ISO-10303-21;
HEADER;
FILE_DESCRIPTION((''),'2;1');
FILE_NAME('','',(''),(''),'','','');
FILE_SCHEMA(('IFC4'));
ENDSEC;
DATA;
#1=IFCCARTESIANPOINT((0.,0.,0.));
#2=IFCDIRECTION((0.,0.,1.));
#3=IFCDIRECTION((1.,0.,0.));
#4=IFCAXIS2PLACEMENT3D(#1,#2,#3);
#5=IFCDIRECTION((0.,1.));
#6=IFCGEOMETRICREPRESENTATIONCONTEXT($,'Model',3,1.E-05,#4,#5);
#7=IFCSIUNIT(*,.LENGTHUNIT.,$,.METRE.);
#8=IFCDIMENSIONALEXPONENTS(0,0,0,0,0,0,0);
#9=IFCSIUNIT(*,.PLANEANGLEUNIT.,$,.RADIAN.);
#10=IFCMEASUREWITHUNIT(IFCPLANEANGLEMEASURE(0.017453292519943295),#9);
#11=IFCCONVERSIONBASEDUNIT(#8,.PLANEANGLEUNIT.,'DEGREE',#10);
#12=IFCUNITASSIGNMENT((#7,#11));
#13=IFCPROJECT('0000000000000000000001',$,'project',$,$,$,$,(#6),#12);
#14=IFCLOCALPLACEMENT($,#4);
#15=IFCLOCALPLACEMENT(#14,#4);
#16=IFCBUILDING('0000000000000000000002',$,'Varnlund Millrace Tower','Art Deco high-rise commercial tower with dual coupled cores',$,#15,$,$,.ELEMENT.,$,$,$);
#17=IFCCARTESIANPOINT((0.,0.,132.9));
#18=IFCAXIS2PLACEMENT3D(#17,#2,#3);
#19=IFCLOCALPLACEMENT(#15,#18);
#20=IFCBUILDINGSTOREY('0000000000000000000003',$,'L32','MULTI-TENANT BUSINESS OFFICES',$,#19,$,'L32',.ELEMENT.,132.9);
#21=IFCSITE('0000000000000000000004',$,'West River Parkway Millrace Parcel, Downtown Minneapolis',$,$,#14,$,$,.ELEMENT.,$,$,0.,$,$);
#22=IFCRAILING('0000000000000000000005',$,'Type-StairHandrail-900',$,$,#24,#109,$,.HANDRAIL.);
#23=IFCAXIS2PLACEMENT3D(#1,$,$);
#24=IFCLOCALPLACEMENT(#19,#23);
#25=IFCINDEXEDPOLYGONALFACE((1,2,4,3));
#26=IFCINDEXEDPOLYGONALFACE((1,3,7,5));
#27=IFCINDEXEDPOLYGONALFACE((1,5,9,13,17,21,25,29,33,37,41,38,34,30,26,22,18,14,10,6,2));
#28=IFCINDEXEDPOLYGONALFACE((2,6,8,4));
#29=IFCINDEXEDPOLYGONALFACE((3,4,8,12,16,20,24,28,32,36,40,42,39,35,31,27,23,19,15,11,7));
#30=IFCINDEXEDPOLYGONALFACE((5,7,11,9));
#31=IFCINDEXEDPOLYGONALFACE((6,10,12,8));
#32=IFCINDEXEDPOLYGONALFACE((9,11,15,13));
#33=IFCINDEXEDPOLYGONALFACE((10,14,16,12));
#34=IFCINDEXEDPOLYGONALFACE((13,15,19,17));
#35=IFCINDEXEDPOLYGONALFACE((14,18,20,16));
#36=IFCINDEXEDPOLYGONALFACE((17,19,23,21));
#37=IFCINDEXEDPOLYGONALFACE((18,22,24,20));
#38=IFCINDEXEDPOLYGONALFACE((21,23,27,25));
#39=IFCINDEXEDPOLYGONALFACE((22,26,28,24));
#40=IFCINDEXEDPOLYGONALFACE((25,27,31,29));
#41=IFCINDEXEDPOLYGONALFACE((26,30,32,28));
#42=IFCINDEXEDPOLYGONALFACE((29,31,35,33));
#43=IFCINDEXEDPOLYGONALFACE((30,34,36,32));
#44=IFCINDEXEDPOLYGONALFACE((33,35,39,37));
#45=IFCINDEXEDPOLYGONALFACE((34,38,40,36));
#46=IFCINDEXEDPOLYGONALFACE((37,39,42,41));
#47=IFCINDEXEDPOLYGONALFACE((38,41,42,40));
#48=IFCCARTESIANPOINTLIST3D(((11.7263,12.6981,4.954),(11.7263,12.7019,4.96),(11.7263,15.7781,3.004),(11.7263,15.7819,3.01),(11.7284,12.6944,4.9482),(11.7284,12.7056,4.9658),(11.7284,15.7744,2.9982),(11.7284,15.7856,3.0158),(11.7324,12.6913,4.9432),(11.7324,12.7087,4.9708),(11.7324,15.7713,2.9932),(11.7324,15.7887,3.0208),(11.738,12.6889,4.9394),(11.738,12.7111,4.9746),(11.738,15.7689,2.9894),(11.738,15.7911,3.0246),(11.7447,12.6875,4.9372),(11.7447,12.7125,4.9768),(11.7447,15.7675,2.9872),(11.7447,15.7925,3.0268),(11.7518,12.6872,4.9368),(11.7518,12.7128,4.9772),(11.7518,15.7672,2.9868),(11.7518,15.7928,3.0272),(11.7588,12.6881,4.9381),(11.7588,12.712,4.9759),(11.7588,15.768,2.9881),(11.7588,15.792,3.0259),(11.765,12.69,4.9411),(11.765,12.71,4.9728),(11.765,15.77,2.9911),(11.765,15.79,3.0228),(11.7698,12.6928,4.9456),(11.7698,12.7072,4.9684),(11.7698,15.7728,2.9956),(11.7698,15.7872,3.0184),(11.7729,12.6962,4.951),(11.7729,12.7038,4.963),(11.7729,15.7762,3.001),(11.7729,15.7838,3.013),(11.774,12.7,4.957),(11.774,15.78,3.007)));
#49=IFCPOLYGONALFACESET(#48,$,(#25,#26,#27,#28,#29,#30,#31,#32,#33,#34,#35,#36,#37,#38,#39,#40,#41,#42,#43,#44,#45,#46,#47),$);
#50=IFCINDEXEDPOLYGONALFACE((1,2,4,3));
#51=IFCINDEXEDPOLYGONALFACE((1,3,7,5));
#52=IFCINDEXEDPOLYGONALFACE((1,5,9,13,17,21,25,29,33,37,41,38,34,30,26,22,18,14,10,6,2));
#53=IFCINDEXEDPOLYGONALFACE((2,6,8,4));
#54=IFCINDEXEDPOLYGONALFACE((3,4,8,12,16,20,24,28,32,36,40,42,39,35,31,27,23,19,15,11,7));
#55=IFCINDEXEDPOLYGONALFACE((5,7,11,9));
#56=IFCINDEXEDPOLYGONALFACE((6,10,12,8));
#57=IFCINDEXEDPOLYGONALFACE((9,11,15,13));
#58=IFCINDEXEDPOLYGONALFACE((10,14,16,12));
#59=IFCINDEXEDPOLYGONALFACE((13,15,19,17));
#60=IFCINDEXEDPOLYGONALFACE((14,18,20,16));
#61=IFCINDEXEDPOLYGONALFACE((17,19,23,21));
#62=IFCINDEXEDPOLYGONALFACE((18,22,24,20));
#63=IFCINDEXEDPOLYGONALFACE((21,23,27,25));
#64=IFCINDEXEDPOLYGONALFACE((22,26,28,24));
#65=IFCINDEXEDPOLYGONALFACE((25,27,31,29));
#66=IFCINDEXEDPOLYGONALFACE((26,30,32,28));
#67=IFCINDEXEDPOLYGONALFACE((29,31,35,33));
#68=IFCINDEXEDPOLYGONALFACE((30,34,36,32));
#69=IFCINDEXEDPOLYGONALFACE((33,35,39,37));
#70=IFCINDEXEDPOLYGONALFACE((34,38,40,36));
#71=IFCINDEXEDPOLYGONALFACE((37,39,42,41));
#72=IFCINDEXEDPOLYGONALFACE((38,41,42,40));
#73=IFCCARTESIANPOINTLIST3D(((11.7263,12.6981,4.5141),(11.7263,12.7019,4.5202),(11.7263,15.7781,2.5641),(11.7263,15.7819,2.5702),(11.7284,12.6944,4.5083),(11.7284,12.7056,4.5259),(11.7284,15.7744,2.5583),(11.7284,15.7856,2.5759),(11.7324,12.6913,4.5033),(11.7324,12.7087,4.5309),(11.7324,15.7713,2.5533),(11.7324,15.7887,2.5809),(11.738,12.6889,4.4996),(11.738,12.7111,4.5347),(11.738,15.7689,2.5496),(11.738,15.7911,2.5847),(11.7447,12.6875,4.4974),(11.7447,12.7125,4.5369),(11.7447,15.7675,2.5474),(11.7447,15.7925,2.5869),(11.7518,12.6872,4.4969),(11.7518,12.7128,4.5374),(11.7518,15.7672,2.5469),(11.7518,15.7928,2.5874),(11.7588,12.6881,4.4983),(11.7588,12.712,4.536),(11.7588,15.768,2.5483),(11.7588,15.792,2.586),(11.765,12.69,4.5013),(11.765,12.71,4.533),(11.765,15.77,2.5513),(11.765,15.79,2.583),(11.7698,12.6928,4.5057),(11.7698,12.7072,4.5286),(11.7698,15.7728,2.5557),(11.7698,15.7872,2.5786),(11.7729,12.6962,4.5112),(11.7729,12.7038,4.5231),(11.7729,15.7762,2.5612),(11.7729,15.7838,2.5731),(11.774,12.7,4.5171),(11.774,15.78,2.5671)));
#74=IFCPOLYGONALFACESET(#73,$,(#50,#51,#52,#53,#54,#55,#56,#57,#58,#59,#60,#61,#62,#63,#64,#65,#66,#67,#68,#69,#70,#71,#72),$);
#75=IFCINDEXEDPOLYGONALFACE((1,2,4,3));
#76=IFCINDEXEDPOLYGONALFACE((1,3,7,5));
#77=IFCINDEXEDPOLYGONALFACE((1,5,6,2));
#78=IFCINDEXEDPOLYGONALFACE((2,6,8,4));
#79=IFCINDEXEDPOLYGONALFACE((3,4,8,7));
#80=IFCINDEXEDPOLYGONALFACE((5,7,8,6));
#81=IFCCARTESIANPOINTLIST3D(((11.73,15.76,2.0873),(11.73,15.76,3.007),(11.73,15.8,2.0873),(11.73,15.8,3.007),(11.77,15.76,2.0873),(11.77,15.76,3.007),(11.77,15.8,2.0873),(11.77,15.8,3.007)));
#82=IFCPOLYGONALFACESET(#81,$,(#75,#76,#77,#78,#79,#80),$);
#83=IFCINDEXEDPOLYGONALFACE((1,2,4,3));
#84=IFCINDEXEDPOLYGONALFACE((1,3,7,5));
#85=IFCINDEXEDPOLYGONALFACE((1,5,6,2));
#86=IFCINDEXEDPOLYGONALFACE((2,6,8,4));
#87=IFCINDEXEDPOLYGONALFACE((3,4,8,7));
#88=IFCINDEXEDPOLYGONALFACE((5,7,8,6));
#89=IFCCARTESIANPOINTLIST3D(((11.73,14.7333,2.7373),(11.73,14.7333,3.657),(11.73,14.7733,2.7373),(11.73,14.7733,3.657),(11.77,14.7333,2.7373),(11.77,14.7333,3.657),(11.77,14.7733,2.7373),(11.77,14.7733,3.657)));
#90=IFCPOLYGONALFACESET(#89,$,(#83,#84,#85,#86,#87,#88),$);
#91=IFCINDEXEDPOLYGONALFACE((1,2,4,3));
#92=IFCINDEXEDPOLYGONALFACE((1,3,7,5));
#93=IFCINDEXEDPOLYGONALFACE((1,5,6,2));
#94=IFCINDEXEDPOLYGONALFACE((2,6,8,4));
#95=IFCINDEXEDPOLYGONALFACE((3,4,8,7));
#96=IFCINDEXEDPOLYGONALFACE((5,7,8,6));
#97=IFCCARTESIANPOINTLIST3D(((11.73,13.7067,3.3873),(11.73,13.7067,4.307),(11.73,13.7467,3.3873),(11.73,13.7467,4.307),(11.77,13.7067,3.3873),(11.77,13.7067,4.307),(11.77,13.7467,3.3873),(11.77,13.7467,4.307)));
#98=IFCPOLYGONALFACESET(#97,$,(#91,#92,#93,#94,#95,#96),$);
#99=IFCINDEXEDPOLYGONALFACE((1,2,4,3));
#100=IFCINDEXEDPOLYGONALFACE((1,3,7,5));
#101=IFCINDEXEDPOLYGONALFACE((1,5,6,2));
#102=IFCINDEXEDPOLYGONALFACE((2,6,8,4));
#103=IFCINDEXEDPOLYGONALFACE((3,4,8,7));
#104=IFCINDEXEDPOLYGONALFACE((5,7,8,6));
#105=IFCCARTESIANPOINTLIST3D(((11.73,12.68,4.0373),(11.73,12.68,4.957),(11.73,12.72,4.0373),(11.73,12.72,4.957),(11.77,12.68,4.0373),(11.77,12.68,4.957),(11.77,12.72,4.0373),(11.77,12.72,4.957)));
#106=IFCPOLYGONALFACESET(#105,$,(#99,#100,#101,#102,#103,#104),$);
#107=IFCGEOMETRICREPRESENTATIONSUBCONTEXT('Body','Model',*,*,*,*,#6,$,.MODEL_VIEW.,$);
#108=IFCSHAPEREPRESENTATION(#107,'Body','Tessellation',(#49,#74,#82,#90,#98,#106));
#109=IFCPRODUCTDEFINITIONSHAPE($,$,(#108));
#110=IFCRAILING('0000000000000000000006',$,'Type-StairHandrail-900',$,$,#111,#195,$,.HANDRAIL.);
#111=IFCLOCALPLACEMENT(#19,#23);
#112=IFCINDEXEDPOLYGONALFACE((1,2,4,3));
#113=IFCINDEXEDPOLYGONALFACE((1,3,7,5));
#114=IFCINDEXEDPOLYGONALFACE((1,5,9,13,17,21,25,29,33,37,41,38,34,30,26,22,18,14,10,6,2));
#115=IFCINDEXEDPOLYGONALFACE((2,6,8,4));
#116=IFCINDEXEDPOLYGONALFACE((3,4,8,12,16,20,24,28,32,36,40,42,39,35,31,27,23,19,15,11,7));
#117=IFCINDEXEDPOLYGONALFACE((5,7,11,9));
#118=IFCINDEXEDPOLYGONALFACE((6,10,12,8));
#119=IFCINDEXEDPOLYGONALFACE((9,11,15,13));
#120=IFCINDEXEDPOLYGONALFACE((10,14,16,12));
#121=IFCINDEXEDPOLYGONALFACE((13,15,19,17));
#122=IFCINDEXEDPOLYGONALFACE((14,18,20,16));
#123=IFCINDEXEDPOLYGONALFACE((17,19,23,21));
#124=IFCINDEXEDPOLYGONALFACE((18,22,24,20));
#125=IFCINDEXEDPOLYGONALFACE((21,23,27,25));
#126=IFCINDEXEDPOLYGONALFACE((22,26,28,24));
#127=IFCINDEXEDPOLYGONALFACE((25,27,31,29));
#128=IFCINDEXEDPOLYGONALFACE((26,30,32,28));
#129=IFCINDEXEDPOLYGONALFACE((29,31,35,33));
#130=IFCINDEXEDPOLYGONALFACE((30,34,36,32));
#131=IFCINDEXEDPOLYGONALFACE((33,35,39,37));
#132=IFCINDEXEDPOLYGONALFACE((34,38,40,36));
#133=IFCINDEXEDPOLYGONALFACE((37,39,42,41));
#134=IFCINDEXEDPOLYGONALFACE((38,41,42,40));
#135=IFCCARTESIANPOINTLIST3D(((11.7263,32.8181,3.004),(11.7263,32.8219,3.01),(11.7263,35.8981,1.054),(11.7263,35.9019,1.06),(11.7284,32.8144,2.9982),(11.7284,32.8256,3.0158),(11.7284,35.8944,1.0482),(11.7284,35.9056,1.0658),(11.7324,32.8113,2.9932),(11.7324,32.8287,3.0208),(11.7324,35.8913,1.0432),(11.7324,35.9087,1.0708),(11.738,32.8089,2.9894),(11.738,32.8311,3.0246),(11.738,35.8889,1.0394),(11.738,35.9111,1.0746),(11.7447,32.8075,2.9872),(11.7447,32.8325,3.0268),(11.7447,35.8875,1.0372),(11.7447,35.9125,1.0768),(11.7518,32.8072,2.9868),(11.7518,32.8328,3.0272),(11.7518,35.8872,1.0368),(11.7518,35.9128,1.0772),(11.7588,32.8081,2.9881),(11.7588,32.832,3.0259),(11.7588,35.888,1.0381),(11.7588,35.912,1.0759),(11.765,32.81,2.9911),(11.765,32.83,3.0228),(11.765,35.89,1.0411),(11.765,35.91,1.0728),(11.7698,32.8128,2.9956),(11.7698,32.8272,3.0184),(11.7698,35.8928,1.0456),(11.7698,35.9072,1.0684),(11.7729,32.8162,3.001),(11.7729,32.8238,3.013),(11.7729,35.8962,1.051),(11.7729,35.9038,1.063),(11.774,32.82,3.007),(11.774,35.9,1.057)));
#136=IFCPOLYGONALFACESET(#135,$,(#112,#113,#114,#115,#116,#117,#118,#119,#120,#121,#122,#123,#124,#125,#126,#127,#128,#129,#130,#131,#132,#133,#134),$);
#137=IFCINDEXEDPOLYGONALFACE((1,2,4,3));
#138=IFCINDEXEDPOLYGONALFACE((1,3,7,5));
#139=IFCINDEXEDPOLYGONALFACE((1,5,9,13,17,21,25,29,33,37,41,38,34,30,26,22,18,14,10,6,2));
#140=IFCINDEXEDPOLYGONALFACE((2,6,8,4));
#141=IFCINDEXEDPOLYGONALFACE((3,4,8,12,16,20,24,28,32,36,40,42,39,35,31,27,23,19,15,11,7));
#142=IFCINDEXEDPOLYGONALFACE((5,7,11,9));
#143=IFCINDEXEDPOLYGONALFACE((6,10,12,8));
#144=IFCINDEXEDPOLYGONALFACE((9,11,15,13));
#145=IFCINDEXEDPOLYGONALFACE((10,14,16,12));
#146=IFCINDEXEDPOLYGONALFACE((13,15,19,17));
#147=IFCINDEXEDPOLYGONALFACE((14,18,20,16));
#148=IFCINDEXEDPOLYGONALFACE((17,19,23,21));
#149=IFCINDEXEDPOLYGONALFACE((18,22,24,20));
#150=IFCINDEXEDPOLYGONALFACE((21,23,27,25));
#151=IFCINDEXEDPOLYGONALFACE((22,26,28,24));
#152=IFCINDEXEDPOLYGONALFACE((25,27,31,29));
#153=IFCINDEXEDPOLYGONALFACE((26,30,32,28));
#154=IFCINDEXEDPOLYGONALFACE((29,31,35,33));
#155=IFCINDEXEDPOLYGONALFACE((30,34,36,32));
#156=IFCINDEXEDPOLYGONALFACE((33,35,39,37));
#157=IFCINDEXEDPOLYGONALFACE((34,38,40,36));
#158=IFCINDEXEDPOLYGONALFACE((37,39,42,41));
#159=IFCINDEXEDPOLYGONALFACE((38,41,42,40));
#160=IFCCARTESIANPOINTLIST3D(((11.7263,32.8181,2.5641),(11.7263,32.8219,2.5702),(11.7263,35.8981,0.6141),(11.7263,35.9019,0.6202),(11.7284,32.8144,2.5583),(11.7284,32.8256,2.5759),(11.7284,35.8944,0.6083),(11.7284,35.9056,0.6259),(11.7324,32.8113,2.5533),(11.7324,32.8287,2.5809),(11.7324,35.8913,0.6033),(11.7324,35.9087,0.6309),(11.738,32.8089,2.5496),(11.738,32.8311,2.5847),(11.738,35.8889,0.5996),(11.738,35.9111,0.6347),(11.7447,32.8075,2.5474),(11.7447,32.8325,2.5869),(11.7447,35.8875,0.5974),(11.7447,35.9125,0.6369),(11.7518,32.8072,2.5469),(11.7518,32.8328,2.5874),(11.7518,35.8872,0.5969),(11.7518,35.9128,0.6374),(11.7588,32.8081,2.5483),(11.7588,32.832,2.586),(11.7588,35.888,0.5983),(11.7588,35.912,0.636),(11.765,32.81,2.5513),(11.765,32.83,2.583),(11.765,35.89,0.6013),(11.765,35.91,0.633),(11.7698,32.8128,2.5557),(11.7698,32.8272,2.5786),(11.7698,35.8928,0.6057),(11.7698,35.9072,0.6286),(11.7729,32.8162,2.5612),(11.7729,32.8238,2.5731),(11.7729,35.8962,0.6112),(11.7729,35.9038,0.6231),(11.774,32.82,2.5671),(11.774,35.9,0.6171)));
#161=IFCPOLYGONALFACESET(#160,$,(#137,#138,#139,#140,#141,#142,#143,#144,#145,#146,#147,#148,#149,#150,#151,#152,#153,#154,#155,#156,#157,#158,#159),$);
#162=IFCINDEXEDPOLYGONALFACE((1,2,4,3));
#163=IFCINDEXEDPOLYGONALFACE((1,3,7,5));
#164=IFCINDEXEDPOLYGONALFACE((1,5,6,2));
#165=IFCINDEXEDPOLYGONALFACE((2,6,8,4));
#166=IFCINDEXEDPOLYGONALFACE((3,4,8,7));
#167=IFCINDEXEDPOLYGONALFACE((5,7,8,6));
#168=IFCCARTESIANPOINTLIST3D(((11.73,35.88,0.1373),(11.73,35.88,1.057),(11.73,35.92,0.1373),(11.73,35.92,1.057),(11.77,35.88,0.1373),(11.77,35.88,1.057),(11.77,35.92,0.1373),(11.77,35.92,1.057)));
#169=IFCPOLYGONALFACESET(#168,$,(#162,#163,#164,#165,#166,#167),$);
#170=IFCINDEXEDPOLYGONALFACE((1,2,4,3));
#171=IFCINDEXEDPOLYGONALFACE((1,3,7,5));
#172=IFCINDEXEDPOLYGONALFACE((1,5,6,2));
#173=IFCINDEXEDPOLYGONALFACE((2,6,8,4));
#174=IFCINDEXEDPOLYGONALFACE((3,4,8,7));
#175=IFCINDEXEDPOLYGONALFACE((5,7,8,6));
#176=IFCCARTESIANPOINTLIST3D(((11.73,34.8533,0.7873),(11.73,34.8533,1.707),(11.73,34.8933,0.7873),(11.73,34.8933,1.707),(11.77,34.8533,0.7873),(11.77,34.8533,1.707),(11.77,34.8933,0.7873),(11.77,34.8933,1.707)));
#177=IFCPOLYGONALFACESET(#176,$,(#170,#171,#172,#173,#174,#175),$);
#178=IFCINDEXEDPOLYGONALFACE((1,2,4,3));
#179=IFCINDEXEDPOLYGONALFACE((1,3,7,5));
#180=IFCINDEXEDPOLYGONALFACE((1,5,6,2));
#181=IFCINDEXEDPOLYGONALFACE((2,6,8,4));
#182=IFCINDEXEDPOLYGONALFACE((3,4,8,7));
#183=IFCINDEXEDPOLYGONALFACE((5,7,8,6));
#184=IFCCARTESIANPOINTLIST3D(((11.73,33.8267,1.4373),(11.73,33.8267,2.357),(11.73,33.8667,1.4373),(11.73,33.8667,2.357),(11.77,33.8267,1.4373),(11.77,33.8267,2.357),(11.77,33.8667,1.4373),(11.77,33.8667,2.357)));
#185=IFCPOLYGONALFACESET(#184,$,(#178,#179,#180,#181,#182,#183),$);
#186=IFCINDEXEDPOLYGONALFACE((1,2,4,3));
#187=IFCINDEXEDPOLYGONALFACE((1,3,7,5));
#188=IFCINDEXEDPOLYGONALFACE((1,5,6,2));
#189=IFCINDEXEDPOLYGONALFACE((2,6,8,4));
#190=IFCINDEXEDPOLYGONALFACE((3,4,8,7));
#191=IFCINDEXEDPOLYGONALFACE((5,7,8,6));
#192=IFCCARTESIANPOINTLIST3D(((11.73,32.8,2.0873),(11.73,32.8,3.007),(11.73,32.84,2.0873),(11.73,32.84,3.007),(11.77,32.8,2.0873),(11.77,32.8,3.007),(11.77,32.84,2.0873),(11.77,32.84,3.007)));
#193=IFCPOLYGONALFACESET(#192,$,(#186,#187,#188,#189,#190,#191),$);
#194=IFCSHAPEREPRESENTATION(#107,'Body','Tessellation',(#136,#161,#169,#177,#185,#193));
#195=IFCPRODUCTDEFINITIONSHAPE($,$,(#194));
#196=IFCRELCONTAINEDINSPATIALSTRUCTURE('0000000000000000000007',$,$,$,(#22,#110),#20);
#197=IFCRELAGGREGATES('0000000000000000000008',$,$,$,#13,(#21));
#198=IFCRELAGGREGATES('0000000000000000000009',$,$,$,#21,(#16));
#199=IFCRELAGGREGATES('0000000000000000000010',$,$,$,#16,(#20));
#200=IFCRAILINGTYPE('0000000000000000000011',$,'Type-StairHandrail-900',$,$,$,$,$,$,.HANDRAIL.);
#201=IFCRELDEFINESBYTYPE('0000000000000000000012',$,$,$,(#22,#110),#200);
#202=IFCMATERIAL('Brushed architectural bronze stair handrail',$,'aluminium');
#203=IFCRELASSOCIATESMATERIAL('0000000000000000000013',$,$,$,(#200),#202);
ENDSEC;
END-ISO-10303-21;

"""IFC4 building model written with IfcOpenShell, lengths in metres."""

from ifc_helpers import new_model, entity, si_unit, converted_unit, direction, frame, origin_with_axes, origin_2d_with_axis, place, context, subcontext, project, spatial, rectangle, circle, extrude, material, type_object, element, save


model = new_model("IFC4")

# Units and contexts
model_context = context("Model", 3, precision=1e-05, world=origin_with_axes(), true_north=direction((0.0, 1.0)))
body_context = subcontext(model_context, "Body", "Model", "MODEL_VIEW")
ifc_project = project(units=[si_unit("LENGTHUNIT", "METRE"), converted_unit("PLANEANGLEUNIT", "DEGREE", entity("IfcPlaneAngleMeasure", 0.017453292519943295), si_unit("PLANEANGLEUNIT", "RADIAN"), dimensions=[0, 0, 0, 0, 0, 0, 0])], contexts=[model_context])

# Site, building, storey
site_placement = place(None, origin_with_axes())
site = spatial("IfcSite", under=ifc_project, at=site_placement, Name="West River Parkway Millrace Parcel, Downtown Minneapolis", CompositionType="ELEMENT", RefElevation=0.0)
building_placement = place(site_placement, origin_with_axes())
building = spatial("IfcBuilding", under=site, at=building_placement, Name="Varnlund Millrace Tower", Description="Art Deco high-rise commercial tower with dual coupled cores", CompositionType="ELEMENT")
storey_placement = place(building_placement, frame((0.0, 0.0, 132.9), z_axis=(0.0, 0.0, 1.0), x_axis=(1.0, 0.0, 0.0)))
storey = spatial("IfcBuildingStorey", under=building, at=storey_placement, Name="L32", Description="MULTI-TENANT BUSINESS OFFICES", LongName="L32", CompositionType="ELEMENT", Elevation=132.9)

# Railings
ifc_material_1 = material(Name="Brushed architectural bronze stair handrail", Category="aluminium")
railing_type_1 = type_object("IfcRailingType", Name="Type-StairHandrail-900", PredefinedType="HANDRAIL", material=ifc_material_1)
railing_1_placement = place(storey_placement, frame((0.0, 0.0, -132.9), z_axis=(0.0, 0.0, 1.0), x_axis=(1.0, 0.0, 0.0)))
element("IfcRailing", 1, at=railing_1_placement, inside=storey, type_object=railing_type_1, Name="Type-StairHandrail-900", PredefinedType="HANDRAIL", context=body_context, shape_type="SweptSolid", body=[
    extrude(circle(Radius=0.024, at=origin_2d_with_axis()), frame((11.75, 15.78, 135.907), z_axis=(0.0, -0.844902, 0.534922), x_axis=(1.0, 0.0, 0.0)), (0.0, 0.0, 1.0), 3.6454),
    extrude(circle(Radius=0.024, at=origin_2d_with_axis()), frame((11.75, 15.78, 135.4671), z_axis=(0.0, -0.844902, 0.534922), x_axis=(1.0, 0.0, 0.0)), (0.0, 0.0, 1.0), 3.6454),
    extrude(rectangle(XDim=0.04, YDim=0.04, at=origin_2d_with_axis()), frame((11.75, 15.78, 134.9873), z_axis=(0.0, 0.0, 1.0), x_axis=(1.0, 0.0, 0.0)), (0.0, 0.0, 1.0), 0.9197),
    extrude(rectangle(XDim=0.04, YDim=0.04, at=origin_2d_with_axis()), frame((11.75, 14.7533, 135.6373), z_axis=(0.0, 0.0, 1.0), x_axis=(1.0, 0.0, 0.0)), (0.0, 0.0, 1.0), 0.9197),
    extrude(rectangle(XDim=0.04, YDim=0.04, at=origin_2d_with_axis()), frame((11.75, 13.7267, 136.2873), z_axis=(0.0, 0.0, 1.0), x_axis=(1.0, 0.0, 0.0)), (0.0, 0.0, 1.0), 0.9197),
    extrude(rectangle(XDim=0.04, YDim=0.04, at=origin_2d_with_axis()), frame((11.75, 12.7, 136.9373), z_axis=(0.0, 0.0, 1.0), x_axis=(1.0, 0.0, 0.0)), (0.0, 0.0, 1.0), 0.9197),
])
railing_2_placement = place(storey_placement, frame((0.0, 0.0, -132.9), z_axis=(0.0, 0.0, 1.0), x_axis=(1.0, 0.0, 0.0)))
element("IfcRailing", 2, at=railing_2_placement, inside=storey, type_object=railing_type_1, Name="Type-StairHandrail-900", PredefinedType="HANDRAIL", context=body_context, shape_type="SweptSolid", body=[
    extrude(circle(Radius=0.024, at=origin_2d_with_axis()), frame((11.75, 35.9, 133.957), z_axis=(0.0, -0.844902, 0.534922), x_axis=(1.0, 0.0, 0.0)), (0.0, 0.0, 1.0), 3.6454),
    extrude(circle(Radius=0.024, at=origin_2d_with_axis()), frame((11.75, 35.9, 133.5171), z_axis=(0.0, -0.844902, 0.534922), x_axis=(1.0, 0.0, 0.0)), (0.0, 0.0, 1.0), 3.6454),
    extrude(rectangle(XDim=0.04, YDim=0.04, at=origin_2d_with_axis()), frame((11.75, 35.9, 133.0373), z_axis=(0.0, 0.0, 1.0), x_axis=(1.0, 0.0, 0.0)), (0.0, 0.0, 1.0), 0.9197),
    extrude(rectangle(XDim=0.04, YDim=0.04, at=origin_2d_with_axis()), frame((11.75, 34.8733, 133.6873), z_axis=(0.0, 0.0, 1.0), x_axis=(1.0, 0.0, 0.0)), (0.0, 0.0, 1.0), 0.9197),
    extrude(rectangle(XDim=0.04, YDim=0.04, at=origin_2d_with_axis()), frame((11.75, 33.8467, 134.3373), z_axis=(0.0, 0.0, 1.0), x_axis=(1.0, 0.0, 0.0)), (0.0, 0.0, 1.0), 0.9197),
    extrude(rectangle(XDim=0.04, YDim=0.04, at=origin_2d_with_axis()), frame((11.75, 32.82, 134.9873), z_axis=(0.0, 0.0, 1.0), x_axis=(1.0, 0.0, 0.0)), (0.0, 0.0, 1.0), 0.9197),
])

save(model, "model.ifc")
